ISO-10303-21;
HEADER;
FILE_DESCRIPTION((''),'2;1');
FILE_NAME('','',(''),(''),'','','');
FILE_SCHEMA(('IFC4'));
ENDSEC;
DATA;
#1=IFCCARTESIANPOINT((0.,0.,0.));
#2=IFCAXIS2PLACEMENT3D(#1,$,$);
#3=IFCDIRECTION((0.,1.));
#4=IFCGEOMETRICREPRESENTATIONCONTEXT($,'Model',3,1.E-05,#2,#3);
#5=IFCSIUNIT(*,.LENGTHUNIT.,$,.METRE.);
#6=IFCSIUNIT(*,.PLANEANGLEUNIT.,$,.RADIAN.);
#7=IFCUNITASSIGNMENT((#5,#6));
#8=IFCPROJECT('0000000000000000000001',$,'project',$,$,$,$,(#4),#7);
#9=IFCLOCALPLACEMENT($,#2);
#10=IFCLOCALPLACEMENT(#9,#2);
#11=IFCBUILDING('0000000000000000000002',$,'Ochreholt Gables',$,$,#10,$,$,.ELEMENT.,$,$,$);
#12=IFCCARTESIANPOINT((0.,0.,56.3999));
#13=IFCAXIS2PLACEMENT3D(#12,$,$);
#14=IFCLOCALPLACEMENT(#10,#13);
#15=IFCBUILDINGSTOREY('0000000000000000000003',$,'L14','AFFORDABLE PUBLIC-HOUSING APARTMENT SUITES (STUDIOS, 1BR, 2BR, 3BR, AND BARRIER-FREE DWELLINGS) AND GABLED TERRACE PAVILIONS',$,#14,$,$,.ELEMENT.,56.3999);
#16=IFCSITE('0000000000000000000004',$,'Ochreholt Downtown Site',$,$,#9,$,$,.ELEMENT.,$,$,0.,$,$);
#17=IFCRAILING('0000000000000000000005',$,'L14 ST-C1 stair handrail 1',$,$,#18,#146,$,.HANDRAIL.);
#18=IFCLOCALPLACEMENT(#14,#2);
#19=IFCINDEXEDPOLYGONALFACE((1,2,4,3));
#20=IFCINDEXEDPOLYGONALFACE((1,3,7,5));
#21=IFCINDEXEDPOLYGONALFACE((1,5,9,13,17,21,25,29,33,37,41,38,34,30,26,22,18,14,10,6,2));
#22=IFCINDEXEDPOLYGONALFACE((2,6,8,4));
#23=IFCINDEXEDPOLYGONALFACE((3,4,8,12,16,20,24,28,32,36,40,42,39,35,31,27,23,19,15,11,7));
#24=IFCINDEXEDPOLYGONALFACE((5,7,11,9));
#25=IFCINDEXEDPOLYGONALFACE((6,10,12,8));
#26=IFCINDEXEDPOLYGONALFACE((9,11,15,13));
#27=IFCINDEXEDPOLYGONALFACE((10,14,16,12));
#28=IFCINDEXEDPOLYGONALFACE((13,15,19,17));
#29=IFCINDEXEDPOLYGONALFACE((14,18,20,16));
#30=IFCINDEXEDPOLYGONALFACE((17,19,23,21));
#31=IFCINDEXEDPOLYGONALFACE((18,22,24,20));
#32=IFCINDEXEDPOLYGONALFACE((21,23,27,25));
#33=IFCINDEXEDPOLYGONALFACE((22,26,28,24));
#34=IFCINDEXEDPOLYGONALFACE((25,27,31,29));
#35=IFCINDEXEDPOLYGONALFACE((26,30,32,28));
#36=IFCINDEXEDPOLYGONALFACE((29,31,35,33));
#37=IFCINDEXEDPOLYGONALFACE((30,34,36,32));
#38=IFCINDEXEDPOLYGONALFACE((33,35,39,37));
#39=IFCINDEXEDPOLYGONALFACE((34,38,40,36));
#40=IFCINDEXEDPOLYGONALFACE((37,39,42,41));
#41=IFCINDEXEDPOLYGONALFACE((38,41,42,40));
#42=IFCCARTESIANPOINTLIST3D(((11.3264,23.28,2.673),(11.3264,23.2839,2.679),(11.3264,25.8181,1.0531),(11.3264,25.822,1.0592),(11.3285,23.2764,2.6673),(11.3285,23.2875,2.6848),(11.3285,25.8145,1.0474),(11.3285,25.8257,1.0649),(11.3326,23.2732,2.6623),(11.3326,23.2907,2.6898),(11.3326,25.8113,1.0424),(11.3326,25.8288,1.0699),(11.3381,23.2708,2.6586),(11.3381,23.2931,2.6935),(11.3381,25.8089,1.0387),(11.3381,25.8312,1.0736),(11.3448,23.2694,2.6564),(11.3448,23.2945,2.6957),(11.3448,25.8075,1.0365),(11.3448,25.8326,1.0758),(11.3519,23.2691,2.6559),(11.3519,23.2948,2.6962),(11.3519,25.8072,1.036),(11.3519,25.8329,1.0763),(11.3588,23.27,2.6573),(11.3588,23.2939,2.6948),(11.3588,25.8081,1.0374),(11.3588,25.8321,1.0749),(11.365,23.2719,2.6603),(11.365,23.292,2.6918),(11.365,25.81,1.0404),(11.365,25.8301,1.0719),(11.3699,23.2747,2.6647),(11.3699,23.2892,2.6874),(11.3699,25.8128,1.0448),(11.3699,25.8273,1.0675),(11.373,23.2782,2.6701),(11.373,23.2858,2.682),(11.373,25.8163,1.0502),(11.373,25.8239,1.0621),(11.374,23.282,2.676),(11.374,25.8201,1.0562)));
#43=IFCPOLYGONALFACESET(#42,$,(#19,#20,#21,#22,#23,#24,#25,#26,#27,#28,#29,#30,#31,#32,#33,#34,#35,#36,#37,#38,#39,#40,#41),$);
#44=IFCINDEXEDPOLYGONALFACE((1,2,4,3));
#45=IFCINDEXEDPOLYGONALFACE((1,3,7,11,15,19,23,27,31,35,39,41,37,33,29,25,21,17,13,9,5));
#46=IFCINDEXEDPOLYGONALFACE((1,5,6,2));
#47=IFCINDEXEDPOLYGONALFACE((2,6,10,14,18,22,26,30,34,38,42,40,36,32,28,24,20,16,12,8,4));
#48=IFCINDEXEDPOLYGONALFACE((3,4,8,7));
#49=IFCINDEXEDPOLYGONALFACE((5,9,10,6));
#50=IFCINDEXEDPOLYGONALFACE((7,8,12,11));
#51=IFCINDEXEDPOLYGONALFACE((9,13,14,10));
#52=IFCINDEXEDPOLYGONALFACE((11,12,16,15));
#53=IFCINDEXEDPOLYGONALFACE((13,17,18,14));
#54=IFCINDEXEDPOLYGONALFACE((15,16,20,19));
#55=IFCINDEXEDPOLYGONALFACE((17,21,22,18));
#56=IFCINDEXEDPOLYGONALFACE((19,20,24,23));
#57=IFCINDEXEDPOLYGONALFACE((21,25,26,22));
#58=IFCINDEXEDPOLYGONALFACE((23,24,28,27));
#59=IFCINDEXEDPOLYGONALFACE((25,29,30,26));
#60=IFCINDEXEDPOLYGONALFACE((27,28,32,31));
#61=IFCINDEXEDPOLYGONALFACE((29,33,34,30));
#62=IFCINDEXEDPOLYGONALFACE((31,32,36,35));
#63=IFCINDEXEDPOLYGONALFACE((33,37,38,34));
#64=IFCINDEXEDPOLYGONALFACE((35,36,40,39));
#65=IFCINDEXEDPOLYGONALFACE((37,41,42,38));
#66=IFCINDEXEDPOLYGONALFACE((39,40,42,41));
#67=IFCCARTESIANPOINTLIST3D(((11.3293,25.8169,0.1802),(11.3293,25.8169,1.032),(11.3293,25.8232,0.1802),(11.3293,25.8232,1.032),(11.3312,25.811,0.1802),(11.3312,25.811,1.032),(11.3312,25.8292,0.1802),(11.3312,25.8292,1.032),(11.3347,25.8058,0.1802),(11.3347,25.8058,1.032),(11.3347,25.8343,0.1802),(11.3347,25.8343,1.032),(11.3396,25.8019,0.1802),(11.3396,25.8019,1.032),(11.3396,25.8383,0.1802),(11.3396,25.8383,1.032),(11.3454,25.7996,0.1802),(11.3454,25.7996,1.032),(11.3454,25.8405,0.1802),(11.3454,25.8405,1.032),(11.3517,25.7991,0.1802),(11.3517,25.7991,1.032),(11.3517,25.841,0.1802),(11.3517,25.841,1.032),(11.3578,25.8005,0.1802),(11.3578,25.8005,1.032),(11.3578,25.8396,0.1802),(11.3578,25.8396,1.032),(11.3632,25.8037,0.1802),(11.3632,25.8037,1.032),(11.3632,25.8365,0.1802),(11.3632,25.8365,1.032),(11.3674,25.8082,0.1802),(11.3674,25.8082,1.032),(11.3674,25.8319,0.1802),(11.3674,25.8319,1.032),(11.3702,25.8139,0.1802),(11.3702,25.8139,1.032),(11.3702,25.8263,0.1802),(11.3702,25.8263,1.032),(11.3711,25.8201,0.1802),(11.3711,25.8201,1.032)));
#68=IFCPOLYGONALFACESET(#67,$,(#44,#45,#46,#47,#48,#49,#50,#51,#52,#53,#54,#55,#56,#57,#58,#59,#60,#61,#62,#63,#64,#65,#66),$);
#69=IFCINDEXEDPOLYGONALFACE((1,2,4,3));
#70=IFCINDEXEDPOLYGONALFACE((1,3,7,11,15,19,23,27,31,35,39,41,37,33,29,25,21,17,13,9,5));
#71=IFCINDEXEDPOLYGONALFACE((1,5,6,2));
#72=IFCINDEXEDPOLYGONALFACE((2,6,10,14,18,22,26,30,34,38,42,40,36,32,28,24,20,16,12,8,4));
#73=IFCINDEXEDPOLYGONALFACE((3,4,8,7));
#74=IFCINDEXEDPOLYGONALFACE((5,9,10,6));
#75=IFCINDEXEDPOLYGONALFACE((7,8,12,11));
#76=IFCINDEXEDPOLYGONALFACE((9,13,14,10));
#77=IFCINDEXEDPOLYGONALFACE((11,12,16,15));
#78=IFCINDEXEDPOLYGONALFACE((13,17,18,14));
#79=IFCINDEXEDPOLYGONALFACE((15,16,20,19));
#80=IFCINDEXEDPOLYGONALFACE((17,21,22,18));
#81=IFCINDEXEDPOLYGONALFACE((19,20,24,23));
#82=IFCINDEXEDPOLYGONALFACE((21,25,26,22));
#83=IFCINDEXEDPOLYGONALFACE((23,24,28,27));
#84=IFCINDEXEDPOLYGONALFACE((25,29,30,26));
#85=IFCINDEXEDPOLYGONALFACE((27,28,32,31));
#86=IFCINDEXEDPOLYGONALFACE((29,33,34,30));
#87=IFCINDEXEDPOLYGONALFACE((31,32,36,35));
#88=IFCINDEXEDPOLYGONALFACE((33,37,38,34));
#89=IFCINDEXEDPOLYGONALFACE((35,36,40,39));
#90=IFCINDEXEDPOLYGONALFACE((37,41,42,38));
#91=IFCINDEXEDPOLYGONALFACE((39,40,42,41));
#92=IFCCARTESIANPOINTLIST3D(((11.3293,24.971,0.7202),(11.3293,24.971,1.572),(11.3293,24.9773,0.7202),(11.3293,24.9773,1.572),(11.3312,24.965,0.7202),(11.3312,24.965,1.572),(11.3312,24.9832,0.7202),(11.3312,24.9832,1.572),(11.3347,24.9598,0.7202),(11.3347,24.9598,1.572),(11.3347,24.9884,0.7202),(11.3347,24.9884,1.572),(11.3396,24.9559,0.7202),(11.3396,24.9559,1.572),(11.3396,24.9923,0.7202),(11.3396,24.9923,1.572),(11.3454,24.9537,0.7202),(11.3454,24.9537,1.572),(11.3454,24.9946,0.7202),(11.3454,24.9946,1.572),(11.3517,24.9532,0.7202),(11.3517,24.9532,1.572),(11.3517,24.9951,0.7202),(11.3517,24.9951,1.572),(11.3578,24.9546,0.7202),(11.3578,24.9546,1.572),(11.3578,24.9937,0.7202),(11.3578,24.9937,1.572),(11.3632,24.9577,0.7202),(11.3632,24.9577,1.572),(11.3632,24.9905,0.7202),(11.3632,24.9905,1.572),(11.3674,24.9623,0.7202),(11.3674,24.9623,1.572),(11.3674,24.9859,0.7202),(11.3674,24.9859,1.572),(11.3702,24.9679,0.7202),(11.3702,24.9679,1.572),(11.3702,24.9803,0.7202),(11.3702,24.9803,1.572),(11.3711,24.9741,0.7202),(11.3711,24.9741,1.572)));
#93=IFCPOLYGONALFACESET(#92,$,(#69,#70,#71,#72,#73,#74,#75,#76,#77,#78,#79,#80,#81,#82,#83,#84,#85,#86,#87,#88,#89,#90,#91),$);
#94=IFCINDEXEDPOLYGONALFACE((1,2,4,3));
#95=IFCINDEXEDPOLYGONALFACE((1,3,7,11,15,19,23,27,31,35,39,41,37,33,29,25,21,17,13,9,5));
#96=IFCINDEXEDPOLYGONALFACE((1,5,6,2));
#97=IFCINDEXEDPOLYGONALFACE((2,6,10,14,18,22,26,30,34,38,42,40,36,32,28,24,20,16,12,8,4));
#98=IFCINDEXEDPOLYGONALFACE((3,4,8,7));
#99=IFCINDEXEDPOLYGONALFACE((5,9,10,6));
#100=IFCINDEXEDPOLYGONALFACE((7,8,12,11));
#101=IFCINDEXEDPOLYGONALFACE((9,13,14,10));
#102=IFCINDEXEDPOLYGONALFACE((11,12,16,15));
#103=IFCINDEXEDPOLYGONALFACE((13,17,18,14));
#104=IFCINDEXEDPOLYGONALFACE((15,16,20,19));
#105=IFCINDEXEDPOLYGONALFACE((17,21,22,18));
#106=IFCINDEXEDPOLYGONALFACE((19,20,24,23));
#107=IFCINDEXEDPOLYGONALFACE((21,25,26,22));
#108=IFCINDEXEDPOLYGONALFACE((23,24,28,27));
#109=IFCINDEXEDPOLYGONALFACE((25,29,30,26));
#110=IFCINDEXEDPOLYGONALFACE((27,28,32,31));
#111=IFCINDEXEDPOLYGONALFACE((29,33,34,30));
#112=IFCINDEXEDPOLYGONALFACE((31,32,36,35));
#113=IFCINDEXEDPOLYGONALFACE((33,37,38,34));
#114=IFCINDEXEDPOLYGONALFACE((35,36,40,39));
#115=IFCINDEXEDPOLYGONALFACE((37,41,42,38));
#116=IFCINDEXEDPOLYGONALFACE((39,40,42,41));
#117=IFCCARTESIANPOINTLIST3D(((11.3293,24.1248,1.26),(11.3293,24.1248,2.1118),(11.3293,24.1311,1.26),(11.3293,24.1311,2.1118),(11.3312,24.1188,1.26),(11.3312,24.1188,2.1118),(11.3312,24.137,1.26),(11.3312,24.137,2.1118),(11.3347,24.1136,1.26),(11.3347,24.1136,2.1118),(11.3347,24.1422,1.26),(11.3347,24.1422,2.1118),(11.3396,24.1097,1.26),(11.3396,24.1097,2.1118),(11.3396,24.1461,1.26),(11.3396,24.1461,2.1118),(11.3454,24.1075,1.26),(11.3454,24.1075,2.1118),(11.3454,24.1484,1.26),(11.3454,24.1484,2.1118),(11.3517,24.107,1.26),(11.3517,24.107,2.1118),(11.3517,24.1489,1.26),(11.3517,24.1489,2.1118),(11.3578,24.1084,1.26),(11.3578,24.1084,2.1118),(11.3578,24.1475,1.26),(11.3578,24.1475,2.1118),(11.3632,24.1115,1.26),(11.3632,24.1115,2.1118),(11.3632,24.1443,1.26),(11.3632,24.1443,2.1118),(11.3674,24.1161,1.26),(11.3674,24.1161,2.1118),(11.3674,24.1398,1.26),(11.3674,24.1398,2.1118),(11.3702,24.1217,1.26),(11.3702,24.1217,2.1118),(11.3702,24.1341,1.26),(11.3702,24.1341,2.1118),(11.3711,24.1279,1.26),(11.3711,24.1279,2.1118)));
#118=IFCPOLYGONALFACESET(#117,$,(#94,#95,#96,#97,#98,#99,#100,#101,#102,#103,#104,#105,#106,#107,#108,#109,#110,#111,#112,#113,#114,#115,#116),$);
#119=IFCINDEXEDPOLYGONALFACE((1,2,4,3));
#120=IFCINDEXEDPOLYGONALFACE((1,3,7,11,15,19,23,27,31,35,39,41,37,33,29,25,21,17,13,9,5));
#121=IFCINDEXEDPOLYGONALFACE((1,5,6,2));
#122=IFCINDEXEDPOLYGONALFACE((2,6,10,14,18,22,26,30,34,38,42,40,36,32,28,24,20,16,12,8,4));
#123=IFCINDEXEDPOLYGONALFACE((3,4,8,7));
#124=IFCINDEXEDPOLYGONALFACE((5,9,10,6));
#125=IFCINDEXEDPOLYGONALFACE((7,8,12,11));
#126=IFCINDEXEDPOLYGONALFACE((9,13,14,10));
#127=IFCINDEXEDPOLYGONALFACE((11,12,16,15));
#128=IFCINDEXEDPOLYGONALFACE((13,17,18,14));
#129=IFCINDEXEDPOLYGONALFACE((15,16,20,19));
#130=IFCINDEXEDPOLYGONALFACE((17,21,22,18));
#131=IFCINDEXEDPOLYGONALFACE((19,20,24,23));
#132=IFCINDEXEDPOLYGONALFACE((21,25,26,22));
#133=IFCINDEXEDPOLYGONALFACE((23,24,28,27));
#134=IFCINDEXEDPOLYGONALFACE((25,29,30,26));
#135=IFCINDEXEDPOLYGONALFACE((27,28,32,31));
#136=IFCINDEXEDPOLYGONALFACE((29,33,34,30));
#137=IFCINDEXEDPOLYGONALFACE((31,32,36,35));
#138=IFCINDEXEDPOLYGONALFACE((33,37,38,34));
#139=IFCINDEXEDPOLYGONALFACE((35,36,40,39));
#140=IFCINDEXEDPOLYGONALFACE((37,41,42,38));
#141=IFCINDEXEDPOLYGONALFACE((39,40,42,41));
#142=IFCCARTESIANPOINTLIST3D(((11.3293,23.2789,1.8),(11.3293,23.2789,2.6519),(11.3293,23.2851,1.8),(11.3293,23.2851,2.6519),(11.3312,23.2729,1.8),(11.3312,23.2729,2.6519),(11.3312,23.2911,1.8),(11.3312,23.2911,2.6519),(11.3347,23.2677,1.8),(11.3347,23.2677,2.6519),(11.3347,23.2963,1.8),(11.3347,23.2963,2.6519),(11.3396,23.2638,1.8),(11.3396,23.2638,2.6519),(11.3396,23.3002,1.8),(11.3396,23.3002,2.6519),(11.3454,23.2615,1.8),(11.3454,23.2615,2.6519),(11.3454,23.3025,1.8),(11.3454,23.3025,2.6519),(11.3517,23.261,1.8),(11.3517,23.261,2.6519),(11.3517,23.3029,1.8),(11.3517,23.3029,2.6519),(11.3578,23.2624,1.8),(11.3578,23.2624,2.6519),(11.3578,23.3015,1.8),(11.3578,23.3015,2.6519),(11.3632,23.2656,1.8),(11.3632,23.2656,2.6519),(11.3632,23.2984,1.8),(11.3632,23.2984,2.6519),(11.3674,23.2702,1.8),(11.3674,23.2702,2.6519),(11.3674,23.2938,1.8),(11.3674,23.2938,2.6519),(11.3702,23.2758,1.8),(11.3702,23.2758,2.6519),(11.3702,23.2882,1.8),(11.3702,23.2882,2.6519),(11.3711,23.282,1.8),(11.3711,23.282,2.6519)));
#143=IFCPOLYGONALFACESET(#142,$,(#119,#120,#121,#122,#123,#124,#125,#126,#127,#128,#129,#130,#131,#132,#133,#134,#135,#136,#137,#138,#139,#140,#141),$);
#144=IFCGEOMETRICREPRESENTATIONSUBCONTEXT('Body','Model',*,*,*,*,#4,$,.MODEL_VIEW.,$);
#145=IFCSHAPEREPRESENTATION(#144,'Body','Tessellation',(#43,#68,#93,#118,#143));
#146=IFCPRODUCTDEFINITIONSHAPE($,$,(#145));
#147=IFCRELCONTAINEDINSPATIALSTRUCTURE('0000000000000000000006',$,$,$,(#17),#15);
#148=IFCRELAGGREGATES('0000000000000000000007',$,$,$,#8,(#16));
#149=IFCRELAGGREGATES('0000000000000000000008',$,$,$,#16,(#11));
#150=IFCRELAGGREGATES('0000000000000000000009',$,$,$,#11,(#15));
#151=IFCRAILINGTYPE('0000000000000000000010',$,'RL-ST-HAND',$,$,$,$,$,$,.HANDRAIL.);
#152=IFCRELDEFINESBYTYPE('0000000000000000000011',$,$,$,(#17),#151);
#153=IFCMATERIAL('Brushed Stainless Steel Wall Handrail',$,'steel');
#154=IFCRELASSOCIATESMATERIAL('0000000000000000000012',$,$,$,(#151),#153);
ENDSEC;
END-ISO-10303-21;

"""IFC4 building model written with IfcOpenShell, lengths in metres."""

from ifc_helpers import new_model, si_unit, direction, frame, origin, origin_2d, place, context, subcontext, project, spatial, circle, extrude, material, type_object, element, save


model = new_model("IFC4")

# Units and contexts
model_context = context("Model", 3, precision=1e-05, world=origin(), true_north=direction((0.0, 1.0)))
body_context = subcontext(model_context, "Body", "Model", "MODEL_VIEW")
ifc_project = project(units=[si_unit("LENGTHUNIT", "METRE"), si_unit("PLANEANGLEUNIT", "RADIAN")], contexts=[model_context])

# Site, building, storey
site_placement = place(None, origin())
site = spatial("IfcSite", under=ifc_project, at=site_placement, Name="Ochreholt Downtown Site", CompositionType="ELEMENT", RefElevation=0.0)
building_placement = place(site_placement, origin())
building = spatial("IfcBuilding", under=site, at=building_placement, Name="Ochreholt Gables", CompositionType="ELEMENT")
storey_placement = place(building_placement, frame((0.0, 0.0, 56.3999)))
storey = spatial("IfcBuildingStorey", under=building, at=storey_placement, Name="L14", Description="AFFORDABLE PUBLIC-HOUSING APARTMENT SUITES (STUDIOS, 1BR, 2BR, 3BR, AND BARRIER-FREE DWELLINGS) AND GABLED TERRACE PAVILIONS", CompositionType="ELEMENT", Elevation=56.3999)

# Railing
ifc_material_1 = material(Name="Brushed Stainless Steel Wall Handrail", Category="steel")
railing_type_1 = type_object("IfcRailingType", Name="RL-ST-HAND", PredefinedType="HANDRAIL", material=ifc_material_1)
railing_1_placement = place(storey_placement, frame((11.3501, 25.8201, 0.1802)))
element("IfcRailing", 1, at=railing_1_placement, inside=storey, type_object=railing_type_1, Name="L14 ST-C1 stair handrail 1", PredefinedType="HANDRAIL", context=body_context, shape_type="SweptSolid", body=[
    extrude(circle(Radius=0.0239, at=origin_2d()), frame((0.0, 0.0, 0.876), z_axis=(0.0, -0.84295, 0.537993), x_axis=(1.0, 0.0, 0.0)), (0.0, 0.0, 1.0), 3.011),
    extrude(circle(Radius=0.021, at=origin_2d()), origin(), (0.0, 0.0, 1.0), 0.8518),
    extrude(circle(Radius=0.021, at=origin_2d()), frame((0.0, -0.8459, 0.54)), (0.0, 0.0, 1.0), 0.8518),
    extrude(circle(Radius=0.021, at=origin_2d()), frame((0.0, -1.6921, 1.0798)), (0.0, 0.0, 1.0), 0.8518),
    extrude(circle(Radius=0.021, at=origin_2d()), frame((0.0, -2.5381, 1.6199)), (0.0, 0.0, 1.0), 0.8518),
])

save(model, "model.ifc")
